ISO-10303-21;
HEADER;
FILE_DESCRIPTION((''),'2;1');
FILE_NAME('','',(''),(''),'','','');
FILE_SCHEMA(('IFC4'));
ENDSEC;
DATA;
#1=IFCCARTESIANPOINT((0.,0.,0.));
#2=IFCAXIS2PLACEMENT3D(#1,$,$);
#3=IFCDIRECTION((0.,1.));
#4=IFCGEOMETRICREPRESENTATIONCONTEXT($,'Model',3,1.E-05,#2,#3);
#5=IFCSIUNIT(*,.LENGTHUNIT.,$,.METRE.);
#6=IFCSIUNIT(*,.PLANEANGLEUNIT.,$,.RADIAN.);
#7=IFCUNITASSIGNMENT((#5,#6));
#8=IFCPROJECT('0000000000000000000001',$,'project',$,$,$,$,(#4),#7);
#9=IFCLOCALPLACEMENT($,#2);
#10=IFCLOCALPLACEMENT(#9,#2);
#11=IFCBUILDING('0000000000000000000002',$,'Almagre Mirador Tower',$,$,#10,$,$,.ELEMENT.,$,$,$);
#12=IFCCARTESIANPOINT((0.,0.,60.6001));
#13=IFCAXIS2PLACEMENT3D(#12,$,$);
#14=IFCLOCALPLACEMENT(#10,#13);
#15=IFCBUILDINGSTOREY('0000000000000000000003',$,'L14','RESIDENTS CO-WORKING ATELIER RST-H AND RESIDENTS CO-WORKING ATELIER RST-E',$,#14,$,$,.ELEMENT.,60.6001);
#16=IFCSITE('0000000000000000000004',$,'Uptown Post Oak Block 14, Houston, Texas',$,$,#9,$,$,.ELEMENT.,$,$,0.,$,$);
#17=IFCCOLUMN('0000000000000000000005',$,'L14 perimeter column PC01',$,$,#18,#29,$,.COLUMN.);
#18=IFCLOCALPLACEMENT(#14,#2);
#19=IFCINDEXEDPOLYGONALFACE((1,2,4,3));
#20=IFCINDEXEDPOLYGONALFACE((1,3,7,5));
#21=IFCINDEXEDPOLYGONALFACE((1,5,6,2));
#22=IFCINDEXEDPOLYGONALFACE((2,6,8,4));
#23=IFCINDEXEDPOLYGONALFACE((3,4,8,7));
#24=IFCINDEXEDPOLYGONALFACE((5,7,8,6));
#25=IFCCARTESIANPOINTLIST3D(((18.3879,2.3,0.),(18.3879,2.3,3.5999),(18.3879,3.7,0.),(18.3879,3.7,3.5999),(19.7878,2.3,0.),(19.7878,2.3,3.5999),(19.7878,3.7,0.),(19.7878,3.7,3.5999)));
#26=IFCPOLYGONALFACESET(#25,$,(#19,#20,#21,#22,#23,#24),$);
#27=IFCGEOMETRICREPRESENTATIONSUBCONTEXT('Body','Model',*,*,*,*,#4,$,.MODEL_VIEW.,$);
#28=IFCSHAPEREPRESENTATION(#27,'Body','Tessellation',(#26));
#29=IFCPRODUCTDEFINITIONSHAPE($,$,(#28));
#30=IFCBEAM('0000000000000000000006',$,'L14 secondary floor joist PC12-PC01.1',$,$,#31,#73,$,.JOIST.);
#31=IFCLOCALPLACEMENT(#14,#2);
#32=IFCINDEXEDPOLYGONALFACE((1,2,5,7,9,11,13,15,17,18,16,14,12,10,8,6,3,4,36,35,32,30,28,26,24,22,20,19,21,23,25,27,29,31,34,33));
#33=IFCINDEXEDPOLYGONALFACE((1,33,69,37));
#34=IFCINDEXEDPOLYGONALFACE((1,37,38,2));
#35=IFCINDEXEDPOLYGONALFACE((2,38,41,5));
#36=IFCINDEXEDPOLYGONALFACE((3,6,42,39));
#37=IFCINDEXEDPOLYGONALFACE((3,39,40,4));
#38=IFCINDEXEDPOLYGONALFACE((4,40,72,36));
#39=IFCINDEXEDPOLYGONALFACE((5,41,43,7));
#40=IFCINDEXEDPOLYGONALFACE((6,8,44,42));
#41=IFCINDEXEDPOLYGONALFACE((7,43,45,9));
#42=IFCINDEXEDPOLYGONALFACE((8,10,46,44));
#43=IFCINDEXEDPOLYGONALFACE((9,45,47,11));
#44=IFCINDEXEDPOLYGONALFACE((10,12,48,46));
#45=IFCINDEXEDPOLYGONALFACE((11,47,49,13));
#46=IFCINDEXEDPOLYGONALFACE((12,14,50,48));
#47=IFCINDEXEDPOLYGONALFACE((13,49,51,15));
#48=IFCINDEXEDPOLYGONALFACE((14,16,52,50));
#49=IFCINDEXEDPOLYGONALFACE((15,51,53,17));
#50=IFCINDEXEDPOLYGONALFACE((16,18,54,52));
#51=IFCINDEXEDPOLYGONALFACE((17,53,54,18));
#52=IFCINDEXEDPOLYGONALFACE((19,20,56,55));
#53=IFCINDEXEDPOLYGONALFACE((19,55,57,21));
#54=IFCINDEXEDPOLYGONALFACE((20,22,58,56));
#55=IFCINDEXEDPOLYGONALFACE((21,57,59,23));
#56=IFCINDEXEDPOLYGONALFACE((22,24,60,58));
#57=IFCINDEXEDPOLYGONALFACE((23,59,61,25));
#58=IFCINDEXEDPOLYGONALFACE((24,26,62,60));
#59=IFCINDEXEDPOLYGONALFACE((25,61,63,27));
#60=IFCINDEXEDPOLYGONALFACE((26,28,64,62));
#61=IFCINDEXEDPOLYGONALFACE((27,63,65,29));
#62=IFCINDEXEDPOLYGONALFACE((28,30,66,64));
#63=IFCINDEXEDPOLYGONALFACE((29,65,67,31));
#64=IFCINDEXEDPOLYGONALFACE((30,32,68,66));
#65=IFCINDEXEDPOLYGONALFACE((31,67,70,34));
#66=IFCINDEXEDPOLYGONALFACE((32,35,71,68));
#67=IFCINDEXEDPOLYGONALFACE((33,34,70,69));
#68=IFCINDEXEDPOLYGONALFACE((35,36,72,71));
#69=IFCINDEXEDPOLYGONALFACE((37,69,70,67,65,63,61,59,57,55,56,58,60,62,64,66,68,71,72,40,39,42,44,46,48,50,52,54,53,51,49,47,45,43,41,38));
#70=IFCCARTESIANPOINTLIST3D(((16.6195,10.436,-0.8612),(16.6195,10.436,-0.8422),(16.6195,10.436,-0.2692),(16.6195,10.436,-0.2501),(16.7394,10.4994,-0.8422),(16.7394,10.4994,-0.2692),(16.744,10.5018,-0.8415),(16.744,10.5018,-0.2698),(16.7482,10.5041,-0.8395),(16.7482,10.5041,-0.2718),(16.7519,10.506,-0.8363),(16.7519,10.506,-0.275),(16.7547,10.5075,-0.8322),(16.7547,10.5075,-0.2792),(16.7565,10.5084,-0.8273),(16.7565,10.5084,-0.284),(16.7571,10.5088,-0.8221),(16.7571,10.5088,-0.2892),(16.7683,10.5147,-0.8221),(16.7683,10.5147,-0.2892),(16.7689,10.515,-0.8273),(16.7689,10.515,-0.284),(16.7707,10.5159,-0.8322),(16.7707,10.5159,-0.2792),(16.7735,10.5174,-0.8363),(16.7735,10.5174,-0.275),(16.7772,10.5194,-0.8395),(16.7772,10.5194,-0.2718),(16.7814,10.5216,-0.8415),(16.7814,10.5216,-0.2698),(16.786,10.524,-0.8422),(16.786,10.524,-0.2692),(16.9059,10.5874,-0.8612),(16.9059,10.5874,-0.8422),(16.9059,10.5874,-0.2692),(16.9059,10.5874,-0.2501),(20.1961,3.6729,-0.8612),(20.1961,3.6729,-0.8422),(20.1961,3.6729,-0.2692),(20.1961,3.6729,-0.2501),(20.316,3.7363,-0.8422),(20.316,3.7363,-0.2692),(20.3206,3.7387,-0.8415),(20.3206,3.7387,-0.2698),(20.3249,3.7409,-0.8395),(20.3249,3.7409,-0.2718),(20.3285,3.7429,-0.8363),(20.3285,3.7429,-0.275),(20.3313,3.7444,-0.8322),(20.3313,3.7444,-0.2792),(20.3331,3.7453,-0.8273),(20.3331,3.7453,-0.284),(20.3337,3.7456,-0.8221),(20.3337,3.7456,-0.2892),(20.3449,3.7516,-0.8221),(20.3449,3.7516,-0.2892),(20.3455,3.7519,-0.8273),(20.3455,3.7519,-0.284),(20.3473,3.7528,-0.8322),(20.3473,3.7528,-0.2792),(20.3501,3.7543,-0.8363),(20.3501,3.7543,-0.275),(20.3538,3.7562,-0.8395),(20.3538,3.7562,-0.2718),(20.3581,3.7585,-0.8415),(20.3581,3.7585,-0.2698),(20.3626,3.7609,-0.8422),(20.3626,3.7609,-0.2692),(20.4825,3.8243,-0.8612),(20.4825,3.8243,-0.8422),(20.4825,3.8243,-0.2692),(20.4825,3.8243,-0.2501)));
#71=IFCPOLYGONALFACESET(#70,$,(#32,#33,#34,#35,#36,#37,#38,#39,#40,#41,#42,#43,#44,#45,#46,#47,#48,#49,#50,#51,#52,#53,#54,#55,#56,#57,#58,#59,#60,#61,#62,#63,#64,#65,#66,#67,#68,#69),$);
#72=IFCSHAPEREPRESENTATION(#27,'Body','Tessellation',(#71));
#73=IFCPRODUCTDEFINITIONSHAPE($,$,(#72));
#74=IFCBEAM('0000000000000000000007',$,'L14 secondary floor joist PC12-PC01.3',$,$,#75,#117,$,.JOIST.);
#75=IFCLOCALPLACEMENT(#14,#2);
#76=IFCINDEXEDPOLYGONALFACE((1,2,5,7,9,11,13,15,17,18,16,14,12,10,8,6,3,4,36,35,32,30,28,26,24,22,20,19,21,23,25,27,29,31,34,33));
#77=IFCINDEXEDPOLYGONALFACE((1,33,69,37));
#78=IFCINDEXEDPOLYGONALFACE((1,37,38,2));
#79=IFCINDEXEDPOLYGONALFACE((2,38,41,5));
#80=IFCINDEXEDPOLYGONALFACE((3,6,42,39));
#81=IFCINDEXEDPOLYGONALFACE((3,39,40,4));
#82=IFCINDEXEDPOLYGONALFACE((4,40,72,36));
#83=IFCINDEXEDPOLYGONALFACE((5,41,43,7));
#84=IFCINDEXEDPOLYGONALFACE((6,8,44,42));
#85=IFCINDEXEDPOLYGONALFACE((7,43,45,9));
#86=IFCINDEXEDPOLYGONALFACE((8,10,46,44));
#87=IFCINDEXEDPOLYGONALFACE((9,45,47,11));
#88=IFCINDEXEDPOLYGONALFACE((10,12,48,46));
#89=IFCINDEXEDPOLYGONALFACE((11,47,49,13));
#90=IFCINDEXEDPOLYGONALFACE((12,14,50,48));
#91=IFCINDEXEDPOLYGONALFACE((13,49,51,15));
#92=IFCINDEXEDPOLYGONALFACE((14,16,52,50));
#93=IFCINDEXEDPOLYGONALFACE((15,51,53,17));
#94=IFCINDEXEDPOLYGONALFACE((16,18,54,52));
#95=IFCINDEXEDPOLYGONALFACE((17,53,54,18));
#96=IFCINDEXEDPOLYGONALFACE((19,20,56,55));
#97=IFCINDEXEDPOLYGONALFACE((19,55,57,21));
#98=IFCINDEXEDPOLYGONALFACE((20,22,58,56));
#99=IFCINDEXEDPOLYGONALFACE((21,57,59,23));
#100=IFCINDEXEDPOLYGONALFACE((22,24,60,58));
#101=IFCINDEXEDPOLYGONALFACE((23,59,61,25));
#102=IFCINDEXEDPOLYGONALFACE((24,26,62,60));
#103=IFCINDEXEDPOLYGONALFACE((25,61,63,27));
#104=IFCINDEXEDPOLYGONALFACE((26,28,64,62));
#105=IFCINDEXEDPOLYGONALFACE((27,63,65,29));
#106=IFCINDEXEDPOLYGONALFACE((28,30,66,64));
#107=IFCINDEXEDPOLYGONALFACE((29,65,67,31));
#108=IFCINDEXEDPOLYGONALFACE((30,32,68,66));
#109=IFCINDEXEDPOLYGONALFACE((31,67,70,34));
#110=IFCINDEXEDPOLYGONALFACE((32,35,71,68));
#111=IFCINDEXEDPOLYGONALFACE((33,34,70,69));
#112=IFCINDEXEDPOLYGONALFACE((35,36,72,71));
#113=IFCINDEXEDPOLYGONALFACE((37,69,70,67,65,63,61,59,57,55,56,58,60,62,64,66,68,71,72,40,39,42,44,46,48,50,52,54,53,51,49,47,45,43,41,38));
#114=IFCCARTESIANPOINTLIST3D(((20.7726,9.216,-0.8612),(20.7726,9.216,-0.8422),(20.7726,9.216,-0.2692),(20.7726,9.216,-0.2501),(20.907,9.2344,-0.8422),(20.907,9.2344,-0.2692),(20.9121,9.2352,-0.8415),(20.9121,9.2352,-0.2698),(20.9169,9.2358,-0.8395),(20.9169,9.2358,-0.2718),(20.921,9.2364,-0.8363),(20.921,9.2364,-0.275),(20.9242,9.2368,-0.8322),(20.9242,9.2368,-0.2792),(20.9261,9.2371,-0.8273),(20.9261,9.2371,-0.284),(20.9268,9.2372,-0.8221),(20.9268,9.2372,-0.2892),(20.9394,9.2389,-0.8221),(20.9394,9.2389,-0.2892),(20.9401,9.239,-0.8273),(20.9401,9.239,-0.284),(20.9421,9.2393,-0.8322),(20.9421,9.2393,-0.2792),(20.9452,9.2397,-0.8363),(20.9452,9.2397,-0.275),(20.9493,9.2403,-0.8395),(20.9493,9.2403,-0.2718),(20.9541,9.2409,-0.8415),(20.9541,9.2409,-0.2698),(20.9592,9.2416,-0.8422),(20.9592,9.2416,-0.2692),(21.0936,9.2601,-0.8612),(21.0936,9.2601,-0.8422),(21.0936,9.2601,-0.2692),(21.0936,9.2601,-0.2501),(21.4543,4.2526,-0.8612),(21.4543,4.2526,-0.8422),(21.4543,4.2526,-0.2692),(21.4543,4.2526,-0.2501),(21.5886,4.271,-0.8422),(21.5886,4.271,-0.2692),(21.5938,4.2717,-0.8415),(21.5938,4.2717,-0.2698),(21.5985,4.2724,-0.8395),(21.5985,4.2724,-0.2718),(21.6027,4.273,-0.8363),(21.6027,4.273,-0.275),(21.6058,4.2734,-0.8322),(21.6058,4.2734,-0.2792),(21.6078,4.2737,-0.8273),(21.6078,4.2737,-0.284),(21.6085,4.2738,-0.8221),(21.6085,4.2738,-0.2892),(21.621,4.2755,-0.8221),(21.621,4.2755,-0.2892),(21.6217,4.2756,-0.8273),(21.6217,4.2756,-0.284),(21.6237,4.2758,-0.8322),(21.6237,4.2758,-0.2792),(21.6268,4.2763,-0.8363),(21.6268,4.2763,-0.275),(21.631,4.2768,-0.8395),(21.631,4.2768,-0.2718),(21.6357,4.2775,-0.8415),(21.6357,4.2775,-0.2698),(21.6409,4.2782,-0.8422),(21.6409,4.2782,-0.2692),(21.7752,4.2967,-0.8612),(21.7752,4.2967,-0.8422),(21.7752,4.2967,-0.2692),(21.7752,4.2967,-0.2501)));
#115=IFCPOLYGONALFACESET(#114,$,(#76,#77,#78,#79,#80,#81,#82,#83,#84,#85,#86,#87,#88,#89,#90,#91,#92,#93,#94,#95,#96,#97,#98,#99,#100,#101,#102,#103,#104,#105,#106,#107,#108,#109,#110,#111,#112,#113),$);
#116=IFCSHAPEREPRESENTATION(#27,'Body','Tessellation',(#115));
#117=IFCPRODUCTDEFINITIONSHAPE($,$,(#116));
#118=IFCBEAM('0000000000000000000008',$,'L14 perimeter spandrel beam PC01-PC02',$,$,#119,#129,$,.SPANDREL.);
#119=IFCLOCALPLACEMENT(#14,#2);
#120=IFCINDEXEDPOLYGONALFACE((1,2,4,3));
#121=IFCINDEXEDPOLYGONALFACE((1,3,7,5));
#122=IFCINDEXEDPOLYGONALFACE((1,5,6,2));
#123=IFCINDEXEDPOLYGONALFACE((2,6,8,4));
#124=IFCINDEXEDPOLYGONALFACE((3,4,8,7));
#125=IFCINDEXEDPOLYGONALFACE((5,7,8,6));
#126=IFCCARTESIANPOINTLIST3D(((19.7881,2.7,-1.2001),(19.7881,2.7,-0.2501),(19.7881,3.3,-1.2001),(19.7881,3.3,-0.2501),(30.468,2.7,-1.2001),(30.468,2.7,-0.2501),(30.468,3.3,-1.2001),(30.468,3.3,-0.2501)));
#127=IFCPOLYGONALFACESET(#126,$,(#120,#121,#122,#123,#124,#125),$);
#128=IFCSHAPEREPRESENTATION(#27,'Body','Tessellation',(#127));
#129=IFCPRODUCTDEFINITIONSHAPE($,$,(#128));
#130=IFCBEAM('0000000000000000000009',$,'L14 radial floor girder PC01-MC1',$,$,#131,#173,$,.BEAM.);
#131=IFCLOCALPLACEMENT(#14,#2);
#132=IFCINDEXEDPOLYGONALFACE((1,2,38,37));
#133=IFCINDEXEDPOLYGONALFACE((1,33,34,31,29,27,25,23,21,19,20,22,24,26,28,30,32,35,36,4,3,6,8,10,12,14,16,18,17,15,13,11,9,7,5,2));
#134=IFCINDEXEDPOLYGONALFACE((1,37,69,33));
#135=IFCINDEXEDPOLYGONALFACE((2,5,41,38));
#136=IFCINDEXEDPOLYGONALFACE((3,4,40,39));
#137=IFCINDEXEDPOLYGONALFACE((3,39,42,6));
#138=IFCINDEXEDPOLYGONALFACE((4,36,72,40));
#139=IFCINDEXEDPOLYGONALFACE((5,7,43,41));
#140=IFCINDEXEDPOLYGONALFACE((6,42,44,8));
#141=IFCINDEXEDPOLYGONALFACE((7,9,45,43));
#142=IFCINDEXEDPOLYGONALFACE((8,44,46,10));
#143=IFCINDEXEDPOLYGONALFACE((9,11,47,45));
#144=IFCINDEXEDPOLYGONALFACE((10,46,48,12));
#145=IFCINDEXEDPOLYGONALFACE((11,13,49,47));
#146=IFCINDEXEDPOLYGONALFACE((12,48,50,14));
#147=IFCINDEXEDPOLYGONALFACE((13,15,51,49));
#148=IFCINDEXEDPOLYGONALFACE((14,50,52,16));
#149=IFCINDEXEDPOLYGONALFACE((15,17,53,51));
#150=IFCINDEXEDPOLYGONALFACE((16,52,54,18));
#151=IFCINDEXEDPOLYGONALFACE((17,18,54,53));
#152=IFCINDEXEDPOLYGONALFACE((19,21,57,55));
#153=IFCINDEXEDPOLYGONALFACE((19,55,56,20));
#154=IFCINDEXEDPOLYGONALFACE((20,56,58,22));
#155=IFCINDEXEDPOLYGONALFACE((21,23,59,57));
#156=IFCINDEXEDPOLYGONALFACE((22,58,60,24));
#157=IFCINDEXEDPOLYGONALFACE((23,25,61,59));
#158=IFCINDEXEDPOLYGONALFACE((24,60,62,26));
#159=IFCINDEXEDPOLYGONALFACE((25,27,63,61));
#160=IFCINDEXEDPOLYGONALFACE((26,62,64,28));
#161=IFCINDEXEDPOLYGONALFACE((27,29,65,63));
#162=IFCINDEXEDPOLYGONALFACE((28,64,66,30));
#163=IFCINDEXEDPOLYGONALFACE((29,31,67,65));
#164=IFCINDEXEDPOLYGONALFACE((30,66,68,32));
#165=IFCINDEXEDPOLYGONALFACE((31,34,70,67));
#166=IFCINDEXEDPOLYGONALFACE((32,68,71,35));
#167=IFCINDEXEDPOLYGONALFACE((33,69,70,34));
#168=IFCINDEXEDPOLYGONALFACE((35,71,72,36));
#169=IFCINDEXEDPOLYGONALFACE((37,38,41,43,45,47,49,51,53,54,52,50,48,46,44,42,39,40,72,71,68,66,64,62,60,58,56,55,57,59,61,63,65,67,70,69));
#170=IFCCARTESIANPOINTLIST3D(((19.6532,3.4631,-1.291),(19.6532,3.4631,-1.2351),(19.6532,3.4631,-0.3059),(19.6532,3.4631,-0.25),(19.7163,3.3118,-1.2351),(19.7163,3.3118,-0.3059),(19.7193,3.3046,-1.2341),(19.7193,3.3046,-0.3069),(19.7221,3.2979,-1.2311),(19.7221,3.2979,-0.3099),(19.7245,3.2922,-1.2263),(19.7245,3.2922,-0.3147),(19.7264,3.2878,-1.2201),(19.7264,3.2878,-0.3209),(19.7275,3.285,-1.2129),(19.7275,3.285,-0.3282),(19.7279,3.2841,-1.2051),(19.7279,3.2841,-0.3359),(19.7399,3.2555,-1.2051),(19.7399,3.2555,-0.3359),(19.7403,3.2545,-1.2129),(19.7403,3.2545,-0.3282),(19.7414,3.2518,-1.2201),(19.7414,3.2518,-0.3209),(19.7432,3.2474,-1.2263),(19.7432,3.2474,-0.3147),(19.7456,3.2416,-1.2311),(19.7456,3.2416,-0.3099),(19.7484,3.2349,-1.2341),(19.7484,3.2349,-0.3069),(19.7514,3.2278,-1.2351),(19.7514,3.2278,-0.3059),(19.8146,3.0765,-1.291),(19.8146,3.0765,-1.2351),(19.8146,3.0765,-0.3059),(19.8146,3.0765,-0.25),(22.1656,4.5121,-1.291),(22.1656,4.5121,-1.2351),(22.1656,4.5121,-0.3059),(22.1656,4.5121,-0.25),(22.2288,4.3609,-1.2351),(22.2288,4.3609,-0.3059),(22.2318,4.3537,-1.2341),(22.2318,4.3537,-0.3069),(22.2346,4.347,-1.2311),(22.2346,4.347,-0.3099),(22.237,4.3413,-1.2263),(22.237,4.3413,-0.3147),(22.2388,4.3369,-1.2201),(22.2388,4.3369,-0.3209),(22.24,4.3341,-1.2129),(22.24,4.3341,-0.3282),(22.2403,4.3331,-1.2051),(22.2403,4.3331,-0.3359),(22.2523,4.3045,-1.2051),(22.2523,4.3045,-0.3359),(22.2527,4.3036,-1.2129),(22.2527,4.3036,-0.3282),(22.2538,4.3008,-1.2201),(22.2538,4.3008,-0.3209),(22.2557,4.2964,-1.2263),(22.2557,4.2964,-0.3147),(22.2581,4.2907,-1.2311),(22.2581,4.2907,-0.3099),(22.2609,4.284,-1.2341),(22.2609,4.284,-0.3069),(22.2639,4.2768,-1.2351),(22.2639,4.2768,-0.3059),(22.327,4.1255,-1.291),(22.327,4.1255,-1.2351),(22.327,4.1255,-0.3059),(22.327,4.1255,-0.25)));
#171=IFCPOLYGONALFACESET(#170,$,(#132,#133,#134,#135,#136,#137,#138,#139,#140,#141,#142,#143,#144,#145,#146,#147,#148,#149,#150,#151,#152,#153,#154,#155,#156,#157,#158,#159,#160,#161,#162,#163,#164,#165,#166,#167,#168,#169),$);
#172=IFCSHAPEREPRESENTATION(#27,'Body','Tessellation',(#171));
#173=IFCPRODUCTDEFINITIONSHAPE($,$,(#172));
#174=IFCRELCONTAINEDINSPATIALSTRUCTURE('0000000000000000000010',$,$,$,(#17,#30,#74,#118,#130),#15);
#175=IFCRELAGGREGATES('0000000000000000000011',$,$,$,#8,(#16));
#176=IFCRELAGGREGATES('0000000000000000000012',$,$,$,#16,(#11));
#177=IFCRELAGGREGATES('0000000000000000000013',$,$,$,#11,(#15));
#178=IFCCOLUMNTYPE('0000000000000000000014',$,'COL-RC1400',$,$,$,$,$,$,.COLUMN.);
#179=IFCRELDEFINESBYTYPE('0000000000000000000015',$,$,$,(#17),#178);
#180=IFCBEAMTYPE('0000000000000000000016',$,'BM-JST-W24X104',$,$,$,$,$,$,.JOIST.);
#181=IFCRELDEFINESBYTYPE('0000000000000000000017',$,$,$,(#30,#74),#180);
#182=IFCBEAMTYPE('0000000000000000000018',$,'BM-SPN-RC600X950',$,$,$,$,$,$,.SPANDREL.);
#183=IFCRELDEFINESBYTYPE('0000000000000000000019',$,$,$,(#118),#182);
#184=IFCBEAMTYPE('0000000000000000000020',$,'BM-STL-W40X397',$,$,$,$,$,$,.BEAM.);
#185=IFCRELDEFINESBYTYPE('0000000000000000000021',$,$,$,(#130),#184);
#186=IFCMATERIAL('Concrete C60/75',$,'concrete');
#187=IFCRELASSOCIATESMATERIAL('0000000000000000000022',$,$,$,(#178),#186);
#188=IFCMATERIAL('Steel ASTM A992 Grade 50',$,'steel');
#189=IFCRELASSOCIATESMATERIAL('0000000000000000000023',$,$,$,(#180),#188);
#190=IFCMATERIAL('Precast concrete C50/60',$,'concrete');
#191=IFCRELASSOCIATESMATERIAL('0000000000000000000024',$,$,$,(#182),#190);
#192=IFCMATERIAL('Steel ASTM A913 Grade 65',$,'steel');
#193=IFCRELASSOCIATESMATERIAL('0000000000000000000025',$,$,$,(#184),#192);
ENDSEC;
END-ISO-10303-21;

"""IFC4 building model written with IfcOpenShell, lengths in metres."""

from ifc_helpers import new_model, si_unit, direction, frame, origin, origin_2d, place, context, subcontext, project, spatial, rectangle, i_section, extrude, material, material_profile, profile_set, type_object, element, save


model = new_model("IFC4")

# Units and contexts
model_context = context("Model", 3, precision=1e-05, world=origin(), true_north=direction((0.0, 1.0)))
body_context = subcontext(model_context, "Body", "Model", "MODEL_VIEW")
ifc_project = project(units=[si_unit("LENGTHUNIT", "METRE"), si_unit("PLANEANGLEUNIT", "RADIAN")], contexts=[model_context])

# Site, building, storey
site_placement = place(None, origin())
site = spatial("IfcSite", under=ifc_project, at=site_placement, Name="Uptown Post Oak Block 14, Houston, Texas", CompositionType="ELEMENT", RefElevation=0.0)
building_placement = place(site_placement, origin())
building = spatial("IfcBuilding", under=site, at=building_placement, Name="Almagre Mirador Tower", CompositionType="ELEMENT")
storey_placement = place(building_placement, frame((0.0, 0.0, 60.6001)))
storey = spatial("IfcBuildingStorey", under=building, at=storey_placement, Name="L14", Description="RESIDENTS CO-WORKING ATELIER RST-H AND RESIDENTS CO-WORKING ATELIER RST-E", CompositionType="ELEMENT", Elevation=60.6001)

# Column
ifc_material_1 = material(Name="Concrete C60/75", Category="concrete")
ifc_material_profile_1 = material_profile(ifc_material_1, rectangle(XDim=1.3999, YDim=1.3999, at=origin_2d()), Name="RC1400X1400")
ifc_profile_set_1 = profile_set([ifc_material_profile_1], Name="Concrete C60/75")
column_type = type_object("IfcColumnType", Name="COL-RC1400", PredefinedType="COLUMN", material=ifc_profile_set_1)
column_placement = place(storey_placement, frame((19.0879, 3.0, 0.0), z_axis=(0.0, 0.0, 1.0), x_axis=(1.0, 0.0, 0.0)))
element("IfcColumn", 1, at=column_placement, inside=storey, type_object=column_type, Name="L14 perimeter column PC01", PredefinedType="COLUMN", context=body_context, shape_type="SweptSolid", body=[
    extrude(rectangle(XDim=1.3999, YDim=1.3999, at=origin_2d()), origin(), (0.0, 0.0, 1.0), 3.5999),
])

# Beams
ifc_material_2 = material(Name="Steel ASTM A992 Grade 50", Category="steel")
ifc_material_profile_2 = material_profile(ifc_material_2, i_section(OverallWidth=0.324, OverallDepth=0.6111, WebThickness=0.0127, FlangeThickness=0.019, FilletRadius=0.02, at=origin_2d()), Name="W24X104")
ifc_profile_set_2 = profile_set([ifc_material_profile_2], Name="Steel ASTM A992 Grade 50")
beam_type_1 = type_object("IfcBeamType", Name="BM-JST-W24X104", PredefinedType="JOIST", material=ifc_profile_set_2)
beam_1_placement = place(storey_placement, frame((16.7627, 10.5117, -0.5557), z_axis=(0.467495, -0.883996, 0.0), x_axis=(0.883996, 0.467495, 0.0)))
element("IfcBeam", 2, at=beam_1_placement, inside=storey, type_object=beam_type_1, Name="L14 secondary floor joist PC12-PC01.1", PredefinedType="JOIST", context=body_context, shape_type="SweptSolid", body=[
    extrude(i_section(OverallWidth=0.324, OverallDepth=0.6111, WebThickness=0.0127, FlangeThickness=0.019, FilletRadius=0.02, at=origin_2d()), origin(), (0.0, 0.0, 1.0), 7.6506),
])
beam_2_placement = place(storey_placement, frame((20.9331, 9.238, -0.5557), z_axis=(0.136057, -0.990701, 0.0), x_axis=(0.990701, 0.136057, 0.0)))
element("IfcBeam", 3, at=beam_2_placement, inside=storey, type_object=beam_type_1, Name="L14 secondary floor joist PC12-PC01.3", PredefinedType="JOIST", context=body_context, shape_type="SweptSolid", body=[
    extrude(i_section(OverallWidth=0.324, OverallDepth=0.6111, WebThickness=0.0127, FlangeThickness=0.019, FilletRadius=0.02, at=origin_2d()), origin(), (0.0, 0.0, 1.0), 5.01),
])
ifc_material_3 = material(Name="Precast concrete C50/60", Category="concrete")
ifc_material_profile_3 = material_profile(ifc_material_3, rectangle(XDim=0.6001, YDim=0.95, at=origin_2d()), Name="RC600X950")
ifc_profile_set_3 = profile_set([ifc_material_profile_3], Name="Precast concrete C50/60")
beam_type_2 = type_object("IfcBeamType", Name="BM-SPN-RC600X950", PredefinedType="SPANDREL", material=ifc_profile_set_3)
beam_3_placement = place(storey_placement, frame((19.7881, 3.0, -0.7251), z_axis=(1.0, 0.0, 0.0), x_axis=(0.0, 1.0, 0.0)))
element("IfcBeam", 4, at=beam_3_placement, inside=storey, type_object=beam_type_2, Name="L14 perimeter spandrel beam PC01-PC02", PredefinedType="SPANDREL", context=body_context, shape_type="SweptSolid", body=[
    extrude(rectangle(XDim=0.6001, YDim=0.95, at=origin_2d()), origin(), (0.0, 0.0, 1.0), 10.6799),
])
ifc_material_4 = material(Name="Steel ASTM A913 Grade 65", Category="steel")
ifc_material_profile_4 = material_profile(ifc_material_4, i_section(OverallWidth=0.4189, OverallDepth=1.041, WebThickness=0.031, FlangeThickness=0.0559, FilletRadius=0.03, at=origin_2d()), Name="W40X397")
ifc_profile_set_4 = profile_set([ifc_material_profile_4], Name="Steel ASTM A913 Grade 65")
beam_type_3 = type_object("IfcBeamType", Name="BM-STL-W40X397", PredefinedType="BEAM", material=ifc_profile_set_4)
beam_4_placement = place(storey_placement, frame((19.7339, 3.2698, -0.7705), z_axis=(0.922787, 0.385309, 0.0), x_axis=(-0.385309, 0.922787, 0.0)))
element("IfcBeam", 5, at=beam_4_placement, inside=storey, type_object=beam_type_3, Name="L14 radial floor girder PC01-MC1", PredefinedType="BEAM", context=body_context, shape_type="SweptSolid", body=[
    extrude(i_section(OverallWidth=0.4189, OverallDepth=1.041, WebThickness=0.031, FlangeThickness=0.0559, FilletRadius=0.03, at=origin_2d()), origin(), (0.0, 0.0, 1.0), 2.7227),
])

save(model, "model.ifc")
